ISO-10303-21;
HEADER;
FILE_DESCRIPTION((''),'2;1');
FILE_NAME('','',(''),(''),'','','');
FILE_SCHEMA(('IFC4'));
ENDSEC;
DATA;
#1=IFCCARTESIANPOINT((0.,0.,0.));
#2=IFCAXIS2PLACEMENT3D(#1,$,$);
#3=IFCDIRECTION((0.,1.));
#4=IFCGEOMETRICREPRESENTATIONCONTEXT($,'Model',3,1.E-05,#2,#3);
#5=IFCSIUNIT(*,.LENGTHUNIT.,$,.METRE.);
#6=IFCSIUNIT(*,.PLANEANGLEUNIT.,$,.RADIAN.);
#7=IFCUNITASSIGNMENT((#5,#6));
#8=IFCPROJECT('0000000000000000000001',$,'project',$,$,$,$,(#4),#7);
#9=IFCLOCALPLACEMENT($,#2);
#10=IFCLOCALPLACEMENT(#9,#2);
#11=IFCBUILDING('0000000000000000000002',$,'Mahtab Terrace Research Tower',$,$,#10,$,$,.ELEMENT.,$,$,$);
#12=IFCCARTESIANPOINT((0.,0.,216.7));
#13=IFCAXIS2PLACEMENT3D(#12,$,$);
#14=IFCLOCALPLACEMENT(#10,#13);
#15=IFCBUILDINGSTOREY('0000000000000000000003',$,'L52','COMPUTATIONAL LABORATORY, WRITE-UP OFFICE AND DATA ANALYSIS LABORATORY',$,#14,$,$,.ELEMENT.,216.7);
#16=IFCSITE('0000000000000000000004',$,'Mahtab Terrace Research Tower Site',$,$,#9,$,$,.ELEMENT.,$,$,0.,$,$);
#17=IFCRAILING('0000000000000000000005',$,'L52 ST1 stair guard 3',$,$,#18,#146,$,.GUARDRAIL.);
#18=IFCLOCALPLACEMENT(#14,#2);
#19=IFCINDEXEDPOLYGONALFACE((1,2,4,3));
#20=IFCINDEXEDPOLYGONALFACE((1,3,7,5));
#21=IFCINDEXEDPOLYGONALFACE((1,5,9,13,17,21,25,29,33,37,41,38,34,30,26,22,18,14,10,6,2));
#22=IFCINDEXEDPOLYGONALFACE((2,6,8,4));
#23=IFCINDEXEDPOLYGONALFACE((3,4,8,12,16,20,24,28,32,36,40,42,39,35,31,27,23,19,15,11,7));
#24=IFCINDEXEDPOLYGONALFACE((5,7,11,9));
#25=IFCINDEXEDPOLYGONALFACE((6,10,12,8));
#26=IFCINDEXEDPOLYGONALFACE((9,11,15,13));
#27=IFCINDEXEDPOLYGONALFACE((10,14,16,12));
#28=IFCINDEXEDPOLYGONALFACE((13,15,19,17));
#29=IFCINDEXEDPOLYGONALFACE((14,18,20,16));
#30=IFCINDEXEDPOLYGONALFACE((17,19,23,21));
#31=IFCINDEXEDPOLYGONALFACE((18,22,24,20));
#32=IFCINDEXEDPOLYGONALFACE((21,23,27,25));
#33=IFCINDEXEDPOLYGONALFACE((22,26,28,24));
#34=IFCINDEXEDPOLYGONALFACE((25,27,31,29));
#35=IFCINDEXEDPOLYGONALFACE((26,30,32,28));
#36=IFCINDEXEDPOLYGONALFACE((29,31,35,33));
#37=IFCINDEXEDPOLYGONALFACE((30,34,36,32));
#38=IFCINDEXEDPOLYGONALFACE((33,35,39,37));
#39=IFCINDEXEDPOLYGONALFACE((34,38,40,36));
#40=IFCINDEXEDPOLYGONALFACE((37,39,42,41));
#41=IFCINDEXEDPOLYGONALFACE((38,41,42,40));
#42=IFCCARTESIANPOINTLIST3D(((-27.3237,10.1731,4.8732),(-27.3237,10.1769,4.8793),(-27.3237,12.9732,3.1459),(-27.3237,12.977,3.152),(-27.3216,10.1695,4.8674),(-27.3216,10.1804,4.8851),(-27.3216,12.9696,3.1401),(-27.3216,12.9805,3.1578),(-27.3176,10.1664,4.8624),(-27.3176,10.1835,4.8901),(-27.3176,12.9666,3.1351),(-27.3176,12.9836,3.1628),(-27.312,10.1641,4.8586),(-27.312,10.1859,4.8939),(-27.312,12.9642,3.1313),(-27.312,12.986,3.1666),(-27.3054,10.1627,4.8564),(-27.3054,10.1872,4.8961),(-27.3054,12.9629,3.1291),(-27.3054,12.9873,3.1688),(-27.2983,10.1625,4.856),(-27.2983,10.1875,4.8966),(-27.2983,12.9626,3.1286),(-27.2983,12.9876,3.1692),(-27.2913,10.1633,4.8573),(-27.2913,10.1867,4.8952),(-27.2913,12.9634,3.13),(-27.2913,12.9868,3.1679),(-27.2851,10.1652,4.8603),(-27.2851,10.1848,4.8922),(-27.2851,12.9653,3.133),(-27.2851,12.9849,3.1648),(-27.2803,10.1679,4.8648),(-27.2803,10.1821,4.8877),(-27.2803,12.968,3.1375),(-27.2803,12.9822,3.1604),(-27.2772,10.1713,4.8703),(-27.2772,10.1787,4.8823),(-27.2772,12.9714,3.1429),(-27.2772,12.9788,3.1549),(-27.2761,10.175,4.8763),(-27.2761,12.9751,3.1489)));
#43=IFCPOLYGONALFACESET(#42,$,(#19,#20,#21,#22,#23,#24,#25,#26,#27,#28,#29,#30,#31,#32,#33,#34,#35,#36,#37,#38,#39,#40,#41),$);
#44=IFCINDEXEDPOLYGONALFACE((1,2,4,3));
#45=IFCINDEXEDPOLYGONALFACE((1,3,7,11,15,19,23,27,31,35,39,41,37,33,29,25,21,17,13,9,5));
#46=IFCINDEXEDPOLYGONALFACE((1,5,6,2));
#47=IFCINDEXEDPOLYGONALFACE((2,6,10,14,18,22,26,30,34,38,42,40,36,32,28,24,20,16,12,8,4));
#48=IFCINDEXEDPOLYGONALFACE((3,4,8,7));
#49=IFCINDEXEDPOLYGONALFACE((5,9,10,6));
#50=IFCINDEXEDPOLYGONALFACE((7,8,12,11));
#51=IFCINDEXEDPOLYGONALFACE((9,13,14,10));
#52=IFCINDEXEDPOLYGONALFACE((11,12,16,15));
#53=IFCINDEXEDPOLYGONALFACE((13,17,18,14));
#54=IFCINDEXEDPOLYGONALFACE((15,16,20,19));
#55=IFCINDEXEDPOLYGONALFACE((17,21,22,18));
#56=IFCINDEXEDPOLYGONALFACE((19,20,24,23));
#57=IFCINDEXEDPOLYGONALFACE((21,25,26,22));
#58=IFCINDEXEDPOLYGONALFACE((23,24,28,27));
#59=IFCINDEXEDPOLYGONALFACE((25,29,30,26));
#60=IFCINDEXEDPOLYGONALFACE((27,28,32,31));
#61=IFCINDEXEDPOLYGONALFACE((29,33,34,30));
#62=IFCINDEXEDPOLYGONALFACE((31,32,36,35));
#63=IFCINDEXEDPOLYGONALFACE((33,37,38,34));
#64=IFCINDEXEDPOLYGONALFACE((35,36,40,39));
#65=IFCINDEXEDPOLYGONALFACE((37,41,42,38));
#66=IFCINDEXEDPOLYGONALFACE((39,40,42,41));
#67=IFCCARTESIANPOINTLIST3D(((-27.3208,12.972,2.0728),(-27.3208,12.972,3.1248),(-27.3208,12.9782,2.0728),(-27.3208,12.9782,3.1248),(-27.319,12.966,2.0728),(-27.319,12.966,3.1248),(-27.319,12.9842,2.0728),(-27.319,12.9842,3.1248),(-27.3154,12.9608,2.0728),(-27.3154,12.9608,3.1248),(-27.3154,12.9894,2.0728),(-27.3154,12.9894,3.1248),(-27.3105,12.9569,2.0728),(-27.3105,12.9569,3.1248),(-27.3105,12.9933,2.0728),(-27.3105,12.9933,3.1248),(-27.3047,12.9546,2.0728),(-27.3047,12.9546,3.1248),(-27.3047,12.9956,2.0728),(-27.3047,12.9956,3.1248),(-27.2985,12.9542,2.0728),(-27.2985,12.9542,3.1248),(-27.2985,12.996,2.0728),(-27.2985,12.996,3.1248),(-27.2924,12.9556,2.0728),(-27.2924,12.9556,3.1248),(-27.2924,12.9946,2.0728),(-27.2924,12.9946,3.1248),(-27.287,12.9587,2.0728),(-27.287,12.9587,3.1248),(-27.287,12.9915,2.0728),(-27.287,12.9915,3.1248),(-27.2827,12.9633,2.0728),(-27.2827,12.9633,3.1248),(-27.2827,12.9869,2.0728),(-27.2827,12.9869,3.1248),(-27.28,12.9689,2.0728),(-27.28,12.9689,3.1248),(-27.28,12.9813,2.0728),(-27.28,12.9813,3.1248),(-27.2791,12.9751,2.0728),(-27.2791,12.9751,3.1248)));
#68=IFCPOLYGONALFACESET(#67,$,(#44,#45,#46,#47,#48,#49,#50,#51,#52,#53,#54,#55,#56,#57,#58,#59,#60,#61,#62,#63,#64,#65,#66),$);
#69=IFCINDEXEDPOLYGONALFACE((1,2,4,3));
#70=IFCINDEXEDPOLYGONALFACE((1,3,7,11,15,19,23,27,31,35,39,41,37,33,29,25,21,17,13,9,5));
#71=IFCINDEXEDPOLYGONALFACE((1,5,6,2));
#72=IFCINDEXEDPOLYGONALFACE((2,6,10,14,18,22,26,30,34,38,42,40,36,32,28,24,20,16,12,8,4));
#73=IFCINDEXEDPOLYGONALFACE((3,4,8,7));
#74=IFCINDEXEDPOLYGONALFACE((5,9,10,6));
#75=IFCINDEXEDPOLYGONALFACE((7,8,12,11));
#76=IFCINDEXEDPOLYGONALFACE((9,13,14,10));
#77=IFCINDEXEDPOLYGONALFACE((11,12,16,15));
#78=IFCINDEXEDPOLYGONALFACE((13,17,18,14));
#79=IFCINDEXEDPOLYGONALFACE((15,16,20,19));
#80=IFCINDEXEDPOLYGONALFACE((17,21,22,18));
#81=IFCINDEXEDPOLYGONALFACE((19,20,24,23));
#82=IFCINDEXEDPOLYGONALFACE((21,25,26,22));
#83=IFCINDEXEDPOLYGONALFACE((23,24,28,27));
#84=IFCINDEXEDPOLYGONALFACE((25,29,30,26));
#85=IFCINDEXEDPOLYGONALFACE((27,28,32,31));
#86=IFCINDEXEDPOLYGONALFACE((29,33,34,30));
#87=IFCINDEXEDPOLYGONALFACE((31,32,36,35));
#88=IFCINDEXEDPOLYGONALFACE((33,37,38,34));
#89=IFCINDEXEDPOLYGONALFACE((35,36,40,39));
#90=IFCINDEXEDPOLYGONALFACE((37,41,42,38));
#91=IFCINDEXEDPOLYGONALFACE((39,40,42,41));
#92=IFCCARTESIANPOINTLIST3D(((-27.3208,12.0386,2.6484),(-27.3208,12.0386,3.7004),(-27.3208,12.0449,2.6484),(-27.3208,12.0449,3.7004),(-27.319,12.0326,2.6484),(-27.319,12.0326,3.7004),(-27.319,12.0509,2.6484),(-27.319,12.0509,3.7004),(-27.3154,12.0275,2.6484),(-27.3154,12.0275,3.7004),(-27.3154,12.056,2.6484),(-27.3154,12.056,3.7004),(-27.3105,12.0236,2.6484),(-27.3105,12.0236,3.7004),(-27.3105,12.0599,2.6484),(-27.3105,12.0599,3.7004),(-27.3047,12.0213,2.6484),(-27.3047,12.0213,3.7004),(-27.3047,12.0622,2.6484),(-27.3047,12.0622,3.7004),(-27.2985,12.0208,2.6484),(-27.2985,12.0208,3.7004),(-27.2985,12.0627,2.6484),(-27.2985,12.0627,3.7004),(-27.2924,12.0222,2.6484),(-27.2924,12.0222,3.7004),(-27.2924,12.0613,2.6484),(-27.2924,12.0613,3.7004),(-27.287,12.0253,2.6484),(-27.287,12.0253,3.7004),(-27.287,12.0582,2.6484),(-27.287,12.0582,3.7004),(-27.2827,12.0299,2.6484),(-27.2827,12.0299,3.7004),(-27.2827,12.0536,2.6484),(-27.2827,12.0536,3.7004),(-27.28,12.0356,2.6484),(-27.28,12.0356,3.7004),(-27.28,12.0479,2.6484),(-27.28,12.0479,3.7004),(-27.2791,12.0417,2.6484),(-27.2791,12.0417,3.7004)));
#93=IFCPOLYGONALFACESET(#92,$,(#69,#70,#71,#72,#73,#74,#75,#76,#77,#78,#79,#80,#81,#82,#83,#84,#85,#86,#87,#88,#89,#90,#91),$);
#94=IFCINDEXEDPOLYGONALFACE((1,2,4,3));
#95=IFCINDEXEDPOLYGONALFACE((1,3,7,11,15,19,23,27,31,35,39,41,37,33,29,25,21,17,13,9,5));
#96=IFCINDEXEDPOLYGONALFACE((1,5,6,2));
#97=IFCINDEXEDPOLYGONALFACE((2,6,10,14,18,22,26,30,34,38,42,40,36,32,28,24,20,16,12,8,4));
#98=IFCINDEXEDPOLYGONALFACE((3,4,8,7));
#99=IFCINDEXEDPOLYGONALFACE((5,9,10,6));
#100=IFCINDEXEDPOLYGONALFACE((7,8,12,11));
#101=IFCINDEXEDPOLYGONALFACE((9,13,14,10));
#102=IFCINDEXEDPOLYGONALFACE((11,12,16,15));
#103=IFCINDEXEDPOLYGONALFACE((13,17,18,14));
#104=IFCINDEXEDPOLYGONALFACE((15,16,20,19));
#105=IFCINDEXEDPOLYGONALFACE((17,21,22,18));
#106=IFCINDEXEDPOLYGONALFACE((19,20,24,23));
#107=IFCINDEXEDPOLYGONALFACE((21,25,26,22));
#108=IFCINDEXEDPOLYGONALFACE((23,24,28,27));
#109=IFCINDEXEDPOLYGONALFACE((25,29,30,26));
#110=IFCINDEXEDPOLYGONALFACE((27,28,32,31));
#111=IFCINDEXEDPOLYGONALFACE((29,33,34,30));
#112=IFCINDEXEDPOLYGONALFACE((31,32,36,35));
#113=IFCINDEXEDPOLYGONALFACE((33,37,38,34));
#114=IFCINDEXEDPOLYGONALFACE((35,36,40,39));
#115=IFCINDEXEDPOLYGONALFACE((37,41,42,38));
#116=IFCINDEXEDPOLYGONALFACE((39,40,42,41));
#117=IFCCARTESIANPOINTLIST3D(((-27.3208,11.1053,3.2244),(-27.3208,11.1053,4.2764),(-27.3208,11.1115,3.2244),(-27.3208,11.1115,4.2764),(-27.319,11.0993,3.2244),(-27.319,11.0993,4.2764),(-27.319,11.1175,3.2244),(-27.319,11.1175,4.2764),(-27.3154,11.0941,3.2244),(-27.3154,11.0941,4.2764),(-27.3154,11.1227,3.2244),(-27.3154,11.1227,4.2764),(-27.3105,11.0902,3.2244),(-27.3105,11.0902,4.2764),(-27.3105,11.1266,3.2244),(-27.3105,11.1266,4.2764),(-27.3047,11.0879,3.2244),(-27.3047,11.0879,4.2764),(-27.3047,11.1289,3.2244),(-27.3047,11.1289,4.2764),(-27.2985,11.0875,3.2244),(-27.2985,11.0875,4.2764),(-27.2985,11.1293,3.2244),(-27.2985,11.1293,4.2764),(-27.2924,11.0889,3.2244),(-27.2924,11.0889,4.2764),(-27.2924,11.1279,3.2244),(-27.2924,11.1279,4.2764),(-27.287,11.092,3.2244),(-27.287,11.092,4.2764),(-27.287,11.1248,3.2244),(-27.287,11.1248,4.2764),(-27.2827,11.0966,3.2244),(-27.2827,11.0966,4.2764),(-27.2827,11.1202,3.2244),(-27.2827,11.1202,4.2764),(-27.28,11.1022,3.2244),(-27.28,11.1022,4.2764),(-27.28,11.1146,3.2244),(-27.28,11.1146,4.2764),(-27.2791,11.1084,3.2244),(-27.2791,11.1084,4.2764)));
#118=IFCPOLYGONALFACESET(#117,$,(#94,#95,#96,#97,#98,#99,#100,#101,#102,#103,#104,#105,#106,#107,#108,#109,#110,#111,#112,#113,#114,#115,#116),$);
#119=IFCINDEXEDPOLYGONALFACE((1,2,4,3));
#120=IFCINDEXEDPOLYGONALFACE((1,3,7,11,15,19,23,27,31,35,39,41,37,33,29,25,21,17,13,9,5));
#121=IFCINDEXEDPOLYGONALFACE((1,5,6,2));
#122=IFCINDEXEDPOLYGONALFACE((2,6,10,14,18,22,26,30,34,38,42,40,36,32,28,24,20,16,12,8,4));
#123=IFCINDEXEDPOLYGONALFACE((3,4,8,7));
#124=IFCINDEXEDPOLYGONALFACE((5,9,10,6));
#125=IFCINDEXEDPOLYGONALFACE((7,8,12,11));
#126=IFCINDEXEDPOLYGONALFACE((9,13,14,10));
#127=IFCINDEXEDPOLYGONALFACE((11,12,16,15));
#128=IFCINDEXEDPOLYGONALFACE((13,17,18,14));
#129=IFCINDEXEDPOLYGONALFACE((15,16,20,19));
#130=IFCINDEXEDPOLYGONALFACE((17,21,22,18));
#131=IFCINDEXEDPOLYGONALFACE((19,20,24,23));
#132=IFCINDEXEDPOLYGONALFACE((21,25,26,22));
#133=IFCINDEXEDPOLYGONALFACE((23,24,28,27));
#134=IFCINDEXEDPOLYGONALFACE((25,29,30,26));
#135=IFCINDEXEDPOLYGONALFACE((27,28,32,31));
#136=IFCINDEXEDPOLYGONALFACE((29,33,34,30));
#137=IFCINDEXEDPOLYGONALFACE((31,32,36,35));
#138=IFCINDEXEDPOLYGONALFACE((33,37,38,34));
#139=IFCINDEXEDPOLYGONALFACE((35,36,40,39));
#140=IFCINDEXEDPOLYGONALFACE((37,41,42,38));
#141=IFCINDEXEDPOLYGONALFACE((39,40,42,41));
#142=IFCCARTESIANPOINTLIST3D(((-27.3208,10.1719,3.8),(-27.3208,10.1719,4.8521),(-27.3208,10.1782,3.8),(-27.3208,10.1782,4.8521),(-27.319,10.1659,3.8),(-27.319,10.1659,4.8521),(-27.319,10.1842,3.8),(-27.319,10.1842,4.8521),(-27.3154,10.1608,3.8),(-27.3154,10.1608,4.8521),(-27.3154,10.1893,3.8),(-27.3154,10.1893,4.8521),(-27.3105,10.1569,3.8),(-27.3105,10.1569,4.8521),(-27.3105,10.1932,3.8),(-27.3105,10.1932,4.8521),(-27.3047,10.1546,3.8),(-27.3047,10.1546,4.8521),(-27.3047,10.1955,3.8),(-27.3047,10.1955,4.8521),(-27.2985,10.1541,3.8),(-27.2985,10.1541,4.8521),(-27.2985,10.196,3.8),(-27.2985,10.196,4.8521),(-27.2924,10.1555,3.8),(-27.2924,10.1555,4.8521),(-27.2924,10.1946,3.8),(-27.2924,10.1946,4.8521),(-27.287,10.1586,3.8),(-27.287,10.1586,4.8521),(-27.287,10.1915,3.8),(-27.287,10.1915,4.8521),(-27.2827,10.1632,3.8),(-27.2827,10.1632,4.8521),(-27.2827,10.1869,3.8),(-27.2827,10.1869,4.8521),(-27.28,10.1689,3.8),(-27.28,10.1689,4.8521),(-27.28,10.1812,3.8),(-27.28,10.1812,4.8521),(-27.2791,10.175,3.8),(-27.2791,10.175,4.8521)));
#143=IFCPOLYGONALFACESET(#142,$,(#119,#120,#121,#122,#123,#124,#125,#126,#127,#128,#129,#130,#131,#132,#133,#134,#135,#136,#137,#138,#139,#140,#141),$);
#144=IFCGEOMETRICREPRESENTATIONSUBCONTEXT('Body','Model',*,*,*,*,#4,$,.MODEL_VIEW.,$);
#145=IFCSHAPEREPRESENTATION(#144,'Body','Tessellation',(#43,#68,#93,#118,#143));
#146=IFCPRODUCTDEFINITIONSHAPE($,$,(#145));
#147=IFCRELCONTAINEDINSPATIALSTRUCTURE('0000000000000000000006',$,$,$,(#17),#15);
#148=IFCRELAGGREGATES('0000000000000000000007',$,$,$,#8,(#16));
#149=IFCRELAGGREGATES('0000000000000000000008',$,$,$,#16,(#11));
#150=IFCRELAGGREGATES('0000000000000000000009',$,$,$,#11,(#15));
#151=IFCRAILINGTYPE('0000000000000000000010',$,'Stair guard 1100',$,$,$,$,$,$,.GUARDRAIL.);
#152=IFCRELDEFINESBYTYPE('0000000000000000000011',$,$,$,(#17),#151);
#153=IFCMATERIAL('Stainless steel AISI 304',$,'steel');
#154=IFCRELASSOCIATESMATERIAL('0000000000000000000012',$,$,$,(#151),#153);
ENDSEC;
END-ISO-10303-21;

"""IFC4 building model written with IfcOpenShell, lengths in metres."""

from ifc_helpers import new_model, si_unit, direction, frame, origin, origin_2d, place, context, subcontext, project, spatial, circle, extrude, material, type_object, element, save


model = new_model("IFC4")

# Units and contexts
model_context = context("Model", 3, precision=1e-05, world=origin(), true_north=direction((0.0, 1.0)))
body_context = subcontext(model_context, "Body", "Model", "MODEL_VIEW")
ifc_project = project(units=[si_unit("LENGTHUNIT", "METRE"), si_unit("PLANEANGLEUNIT", "RADIAN")], contexts=[model_context])

# Site, building, storey
site_placement = place(None, origin())
site = spatial("IfcSite", under=ifc_project, at=site_placement, Name="Mahtab Terrace Research Tower Site", CompositionType="ELEMENT", RefElevation=0.0)
building_placement = place(site_placement, origin())
building = spatial("IfcBuilding", under=site, at=building_placement, Name="Mahtab Terrace Research Tower", CompositionType="ELEMENT")
storey_placement = place(building_placement, frame((0.0, 0.0, 216.7)))
storey = spatial("IfcBuildingStorey", under=building, at=storey_placement, Name="L52", Description="COMPUTATIONAL LABORATORY, WRITE-UP OFFICE AND DATA ANALYSIS LABORATORY", CompositionType="ELEMENT", Elevation=216.7)

# Railing
ifc_material_1 = material(Name="Stainless steel AISI 304", Category="steel")
railing_type_1 = type_object("IfcRailingType", Name="Stair guard 1100", PredefinedType="GUARDRAIL", material=ifc_material_1)
railing_1_placement = place(storey_placement, frame((-27.3, 12.9751, 2.0728)))
element("IfcRailing", 1, at=railing_1_placement, inside=storey, type_object=railing_type_1, Name="L52 ST1 stair guard 3", PredefinedType="GUARDRAIL", context=body_context, shape_type="SweptSolid", body=[
    extrude(circle(Radius=0.0239, at=origin_2d()), frame((0.0, 0.0, 1.0762), z_axis=(0.0, -0.85109, 0.52502), x_axis=(1.0, 0.0, 0.0)), (0.0, 0.0, 1.0), 3.29),
    extrude(circle(Radius=0.021, at=origin_2d()), origin(), (0.0, 0.0, 1.0), 1.052),
    extrude(circle(Radius=0.021, at=origin_2d()), frame((0.0, -0.9333, 0.5757)), (0.0, 0.0, 1.0), 1.052),
    extrude(circle(Radius=0.021, at=origin_2d()), frame((0.0, -1.8667, 1.1516)), (0.0, 0.0, 1.0), 1.052),
    extrude(circle(Radius=0.021, at=origin_2d()), frame((0.0, -2.8, 1.7273)), (0.0, 0.0, 1.0), 1.052),
])

save(model, "model.ifc")
